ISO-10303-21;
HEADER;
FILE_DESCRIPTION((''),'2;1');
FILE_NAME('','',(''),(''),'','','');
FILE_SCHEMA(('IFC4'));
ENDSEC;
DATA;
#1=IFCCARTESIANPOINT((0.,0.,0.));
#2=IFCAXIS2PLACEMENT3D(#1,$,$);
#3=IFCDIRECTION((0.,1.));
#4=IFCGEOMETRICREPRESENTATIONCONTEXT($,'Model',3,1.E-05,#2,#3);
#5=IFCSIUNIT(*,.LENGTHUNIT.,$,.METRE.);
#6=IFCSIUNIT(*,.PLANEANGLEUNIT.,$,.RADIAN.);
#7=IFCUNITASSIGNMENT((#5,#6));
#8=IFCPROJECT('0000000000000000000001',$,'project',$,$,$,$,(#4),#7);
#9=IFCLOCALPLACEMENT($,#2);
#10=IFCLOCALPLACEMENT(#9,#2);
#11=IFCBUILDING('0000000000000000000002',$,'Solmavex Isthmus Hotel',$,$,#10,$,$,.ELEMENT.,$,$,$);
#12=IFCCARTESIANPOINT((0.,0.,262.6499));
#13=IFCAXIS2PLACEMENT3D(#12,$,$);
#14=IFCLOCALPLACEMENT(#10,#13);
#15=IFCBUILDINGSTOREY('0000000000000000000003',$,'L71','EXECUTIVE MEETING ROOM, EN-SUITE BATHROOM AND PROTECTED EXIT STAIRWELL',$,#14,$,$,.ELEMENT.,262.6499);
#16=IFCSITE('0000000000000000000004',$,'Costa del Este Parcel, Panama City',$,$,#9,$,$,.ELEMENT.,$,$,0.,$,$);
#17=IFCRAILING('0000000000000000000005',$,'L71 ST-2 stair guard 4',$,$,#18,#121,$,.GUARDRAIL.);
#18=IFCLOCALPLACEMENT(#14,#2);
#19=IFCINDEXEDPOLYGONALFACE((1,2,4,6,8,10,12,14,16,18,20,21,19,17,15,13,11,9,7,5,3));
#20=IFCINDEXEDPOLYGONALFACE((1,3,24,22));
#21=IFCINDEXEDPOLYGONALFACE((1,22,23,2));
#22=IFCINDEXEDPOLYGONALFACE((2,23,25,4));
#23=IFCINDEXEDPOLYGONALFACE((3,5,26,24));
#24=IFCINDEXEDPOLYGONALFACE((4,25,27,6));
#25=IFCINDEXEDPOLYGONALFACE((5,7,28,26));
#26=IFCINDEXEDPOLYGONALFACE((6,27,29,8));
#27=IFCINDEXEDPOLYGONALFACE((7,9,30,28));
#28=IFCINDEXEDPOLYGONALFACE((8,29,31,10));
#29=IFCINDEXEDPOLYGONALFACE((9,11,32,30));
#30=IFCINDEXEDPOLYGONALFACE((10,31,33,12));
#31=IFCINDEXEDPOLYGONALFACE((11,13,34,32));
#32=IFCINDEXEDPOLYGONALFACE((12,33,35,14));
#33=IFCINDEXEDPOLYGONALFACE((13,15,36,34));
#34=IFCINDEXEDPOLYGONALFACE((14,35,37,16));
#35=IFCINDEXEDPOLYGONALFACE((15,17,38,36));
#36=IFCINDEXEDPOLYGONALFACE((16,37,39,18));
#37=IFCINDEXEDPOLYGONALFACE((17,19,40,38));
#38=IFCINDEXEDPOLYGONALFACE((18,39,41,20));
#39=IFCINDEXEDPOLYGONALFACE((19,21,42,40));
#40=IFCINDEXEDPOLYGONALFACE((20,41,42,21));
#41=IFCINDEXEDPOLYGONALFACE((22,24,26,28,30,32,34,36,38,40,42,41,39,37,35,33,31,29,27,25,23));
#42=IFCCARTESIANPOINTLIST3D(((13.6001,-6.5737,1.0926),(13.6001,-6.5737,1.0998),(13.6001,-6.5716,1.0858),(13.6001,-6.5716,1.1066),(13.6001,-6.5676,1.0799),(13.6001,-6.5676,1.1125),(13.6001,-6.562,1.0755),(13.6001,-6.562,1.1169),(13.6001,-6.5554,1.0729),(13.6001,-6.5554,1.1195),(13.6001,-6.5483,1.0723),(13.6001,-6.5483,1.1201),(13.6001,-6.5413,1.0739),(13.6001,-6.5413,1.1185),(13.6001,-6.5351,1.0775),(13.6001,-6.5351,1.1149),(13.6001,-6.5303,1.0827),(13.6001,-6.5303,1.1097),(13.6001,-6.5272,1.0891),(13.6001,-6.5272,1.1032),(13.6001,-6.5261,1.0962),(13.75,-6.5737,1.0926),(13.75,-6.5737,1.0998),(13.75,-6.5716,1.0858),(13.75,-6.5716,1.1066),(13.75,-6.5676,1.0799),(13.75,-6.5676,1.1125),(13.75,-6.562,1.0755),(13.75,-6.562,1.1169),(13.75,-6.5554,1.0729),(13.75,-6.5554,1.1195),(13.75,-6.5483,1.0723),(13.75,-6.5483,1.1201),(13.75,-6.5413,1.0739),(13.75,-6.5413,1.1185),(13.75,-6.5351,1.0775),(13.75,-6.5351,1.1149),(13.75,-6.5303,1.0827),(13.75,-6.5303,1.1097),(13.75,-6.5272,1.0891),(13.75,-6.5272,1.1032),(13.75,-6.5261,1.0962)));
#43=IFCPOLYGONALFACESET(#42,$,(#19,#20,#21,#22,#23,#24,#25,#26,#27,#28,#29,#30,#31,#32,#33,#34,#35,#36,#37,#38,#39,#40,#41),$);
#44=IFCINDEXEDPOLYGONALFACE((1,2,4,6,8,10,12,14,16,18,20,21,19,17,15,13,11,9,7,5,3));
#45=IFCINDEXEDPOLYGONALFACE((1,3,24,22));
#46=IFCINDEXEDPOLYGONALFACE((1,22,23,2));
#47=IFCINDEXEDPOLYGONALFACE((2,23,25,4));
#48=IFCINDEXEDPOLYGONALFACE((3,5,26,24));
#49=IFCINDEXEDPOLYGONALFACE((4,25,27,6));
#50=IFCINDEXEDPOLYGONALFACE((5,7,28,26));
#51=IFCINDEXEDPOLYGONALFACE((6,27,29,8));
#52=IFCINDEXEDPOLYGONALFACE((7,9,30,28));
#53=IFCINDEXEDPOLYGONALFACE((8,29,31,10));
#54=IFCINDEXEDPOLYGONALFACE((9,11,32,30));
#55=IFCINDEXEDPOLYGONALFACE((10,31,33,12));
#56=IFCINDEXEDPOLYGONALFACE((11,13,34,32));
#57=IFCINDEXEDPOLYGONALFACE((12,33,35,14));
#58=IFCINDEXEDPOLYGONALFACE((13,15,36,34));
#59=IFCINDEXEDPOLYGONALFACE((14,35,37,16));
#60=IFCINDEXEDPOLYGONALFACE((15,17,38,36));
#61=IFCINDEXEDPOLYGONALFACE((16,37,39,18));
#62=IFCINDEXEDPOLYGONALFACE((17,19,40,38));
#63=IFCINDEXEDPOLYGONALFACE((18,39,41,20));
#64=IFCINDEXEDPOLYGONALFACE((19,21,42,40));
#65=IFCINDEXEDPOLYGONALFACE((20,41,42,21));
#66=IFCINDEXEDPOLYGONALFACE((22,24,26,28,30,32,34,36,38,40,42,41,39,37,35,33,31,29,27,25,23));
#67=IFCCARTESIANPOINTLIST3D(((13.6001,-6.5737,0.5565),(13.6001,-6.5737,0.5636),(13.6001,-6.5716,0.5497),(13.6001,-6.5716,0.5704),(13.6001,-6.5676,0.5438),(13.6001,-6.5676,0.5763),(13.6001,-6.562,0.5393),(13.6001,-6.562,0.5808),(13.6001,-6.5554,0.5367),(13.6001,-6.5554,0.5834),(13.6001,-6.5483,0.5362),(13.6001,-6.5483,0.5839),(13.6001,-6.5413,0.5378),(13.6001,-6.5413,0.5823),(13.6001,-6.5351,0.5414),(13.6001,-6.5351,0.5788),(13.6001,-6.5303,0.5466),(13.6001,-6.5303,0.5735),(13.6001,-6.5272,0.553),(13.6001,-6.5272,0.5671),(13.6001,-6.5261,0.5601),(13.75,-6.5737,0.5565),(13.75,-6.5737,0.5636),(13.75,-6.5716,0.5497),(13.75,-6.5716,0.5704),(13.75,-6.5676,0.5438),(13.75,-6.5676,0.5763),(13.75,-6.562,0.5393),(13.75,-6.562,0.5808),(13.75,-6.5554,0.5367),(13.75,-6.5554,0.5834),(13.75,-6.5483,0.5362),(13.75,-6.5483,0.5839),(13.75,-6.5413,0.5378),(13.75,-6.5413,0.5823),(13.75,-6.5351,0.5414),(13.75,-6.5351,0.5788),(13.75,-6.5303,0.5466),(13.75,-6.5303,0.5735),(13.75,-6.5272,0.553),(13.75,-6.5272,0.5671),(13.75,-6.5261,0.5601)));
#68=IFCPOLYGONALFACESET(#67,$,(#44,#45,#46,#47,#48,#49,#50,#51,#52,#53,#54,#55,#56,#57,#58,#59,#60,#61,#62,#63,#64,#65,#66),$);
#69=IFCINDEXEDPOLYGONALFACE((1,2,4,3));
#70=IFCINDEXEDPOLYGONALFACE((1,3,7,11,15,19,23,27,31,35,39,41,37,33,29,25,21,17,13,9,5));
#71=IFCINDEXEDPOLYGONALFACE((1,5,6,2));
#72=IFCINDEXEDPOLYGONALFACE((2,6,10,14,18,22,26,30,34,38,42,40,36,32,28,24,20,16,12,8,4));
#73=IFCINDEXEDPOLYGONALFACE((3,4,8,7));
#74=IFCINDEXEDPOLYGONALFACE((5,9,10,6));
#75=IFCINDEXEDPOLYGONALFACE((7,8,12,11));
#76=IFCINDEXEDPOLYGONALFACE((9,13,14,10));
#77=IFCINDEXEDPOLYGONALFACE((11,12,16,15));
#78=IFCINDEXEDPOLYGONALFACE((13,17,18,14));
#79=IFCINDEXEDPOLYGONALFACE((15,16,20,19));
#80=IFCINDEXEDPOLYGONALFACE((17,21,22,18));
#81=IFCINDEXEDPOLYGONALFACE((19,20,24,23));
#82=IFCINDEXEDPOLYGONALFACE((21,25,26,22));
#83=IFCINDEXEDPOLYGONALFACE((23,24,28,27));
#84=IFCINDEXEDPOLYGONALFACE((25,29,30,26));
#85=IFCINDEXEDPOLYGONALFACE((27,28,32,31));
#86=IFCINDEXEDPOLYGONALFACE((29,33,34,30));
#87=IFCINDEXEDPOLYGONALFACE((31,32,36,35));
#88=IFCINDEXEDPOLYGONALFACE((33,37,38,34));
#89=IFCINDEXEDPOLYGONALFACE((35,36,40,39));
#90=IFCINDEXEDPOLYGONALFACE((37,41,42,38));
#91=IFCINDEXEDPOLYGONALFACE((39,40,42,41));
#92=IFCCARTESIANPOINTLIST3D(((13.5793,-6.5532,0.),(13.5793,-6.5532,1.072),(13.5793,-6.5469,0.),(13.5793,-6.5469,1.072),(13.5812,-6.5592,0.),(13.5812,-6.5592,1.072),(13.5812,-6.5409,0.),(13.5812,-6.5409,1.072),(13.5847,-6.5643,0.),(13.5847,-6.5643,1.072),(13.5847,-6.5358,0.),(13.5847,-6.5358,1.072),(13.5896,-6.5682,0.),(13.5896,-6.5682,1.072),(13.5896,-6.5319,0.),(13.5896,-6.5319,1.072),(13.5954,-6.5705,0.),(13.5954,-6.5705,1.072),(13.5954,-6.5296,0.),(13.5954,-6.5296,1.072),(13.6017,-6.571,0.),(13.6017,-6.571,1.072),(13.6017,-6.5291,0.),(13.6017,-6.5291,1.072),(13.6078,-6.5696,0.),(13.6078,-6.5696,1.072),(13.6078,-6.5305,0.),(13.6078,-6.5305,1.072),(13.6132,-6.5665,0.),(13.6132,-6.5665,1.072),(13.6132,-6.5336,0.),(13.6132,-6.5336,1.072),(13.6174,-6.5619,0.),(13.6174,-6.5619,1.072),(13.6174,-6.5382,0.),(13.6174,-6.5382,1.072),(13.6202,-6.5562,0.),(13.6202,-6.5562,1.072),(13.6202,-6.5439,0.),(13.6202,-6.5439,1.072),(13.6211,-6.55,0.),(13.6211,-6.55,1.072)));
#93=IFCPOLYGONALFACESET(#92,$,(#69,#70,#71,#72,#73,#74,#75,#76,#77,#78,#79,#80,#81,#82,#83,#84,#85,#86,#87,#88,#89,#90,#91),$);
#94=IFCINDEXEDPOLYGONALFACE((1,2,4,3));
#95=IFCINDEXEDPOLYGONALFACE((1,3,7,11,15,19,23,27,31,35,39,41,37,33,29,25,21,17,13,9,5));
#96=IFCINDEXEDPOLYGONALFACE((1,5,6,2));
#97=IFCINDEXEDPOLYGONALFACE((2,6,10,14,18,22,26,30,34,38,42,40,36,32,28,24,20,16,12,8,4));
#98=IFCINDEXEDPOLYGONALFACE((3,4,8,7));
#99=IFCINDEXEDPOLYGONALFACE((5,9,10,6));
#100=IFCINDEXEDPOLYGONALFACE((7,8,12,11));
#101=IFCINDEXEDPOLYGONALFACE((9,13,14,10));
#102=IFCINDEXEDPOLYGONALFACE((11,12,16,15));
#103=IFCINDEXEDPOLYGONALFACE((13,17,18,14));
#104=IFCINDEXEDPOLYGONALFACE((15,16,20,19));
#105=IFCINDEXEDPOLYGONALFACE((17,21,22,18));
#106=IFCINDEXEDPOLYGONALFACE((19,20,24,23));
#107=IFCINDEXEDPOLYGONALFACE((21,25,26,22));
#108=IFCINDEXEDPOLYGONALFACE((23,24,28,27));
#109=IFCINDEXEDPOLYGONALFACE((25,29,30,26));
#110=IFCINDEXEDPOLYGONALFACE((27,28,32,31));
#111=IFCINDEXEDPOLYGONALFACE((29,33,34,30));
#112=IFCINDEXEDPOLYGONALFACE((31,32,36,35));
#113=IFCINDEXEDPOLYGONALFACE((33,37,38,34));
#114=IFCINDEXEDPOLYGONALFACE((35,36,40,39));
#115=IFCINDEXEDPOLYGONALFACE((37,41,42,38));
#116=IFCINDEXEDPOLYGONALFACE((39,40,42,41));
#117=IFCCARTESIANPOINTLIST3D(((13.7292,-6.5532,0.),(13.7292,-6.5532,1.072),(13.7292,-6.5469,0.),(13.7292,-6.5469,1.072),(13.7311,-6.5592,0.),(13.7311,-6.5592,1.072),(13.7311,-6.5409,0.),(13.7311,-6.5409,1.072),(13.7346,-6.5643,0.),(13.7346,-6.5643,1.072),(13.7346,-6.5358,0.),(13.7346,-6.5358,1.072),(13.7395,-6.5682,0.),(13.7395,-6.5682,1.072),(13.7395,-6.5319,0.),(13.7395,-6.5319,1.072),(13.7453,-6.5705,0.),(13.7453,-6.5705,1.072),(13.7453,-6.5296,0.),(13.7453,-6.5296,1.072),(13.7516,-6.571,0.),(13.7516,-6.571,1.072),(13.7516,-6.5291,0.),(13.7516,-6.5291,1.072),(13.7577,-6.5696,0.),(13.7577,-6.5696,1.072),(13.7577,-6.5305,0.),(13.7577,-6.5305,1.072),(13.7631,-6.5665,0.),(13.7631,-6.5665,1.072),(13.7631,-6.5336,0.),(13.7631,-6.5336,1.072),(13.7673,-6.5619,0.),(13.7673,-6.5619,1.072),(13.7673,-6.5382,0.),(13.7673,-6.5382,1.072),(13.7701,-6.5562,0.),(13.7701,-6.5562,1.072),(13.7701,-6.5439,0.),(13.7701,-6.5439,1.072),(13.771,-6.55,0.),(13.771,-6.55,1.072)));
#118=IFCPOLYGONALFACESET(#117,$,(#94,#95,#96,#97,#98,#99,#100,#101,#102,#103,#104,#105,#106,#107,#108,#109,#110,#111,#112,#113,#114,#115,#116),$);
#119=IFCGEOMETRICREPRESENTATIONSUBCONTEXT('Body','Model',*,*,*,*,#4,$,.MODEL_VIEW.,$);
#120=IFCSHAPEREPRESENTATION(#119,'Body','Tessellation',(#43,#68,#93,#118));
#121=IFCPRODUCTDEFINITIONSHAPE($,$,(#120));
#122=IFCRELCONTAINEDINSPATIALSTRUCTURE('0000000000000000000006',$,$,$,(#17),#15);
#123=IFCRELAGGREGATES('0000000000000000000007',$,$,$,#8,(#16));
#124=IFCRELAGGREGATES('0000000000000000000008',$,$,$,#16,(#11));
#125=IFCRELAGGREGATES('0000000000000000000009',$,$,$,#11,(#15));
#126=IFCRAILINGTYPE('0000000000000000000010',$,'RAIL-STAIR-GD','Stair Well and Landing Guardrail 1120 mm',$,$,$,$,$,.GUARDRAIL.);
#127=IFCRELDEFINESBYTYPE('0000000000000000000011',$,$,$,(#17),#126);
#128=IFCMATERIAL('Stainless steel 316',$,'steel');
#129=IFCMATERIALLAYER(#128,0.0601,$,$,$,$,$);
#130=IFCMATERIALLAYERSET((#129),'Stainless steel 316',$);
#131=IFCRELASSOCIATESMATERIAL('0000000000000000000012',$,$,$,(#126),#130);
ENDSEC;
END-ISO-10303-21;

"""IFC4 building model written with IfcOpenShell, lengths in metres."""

from ifc_helpers import new_model, si_unit, direction, frame, origin, origin_2d, place, context, subcontext, project, spatial, circle, extrude, material, layer, layer_set, type_object, element, save


model = new_model("IFC4")

# Units and contexts
model_context = context("Model", 3, precision=1e-05, world=origin(), true_north=direction((0.0, 1.0)))
body_context = subcontext(model_context, "Body", "Model", "MODEL_VIEW")
ifc_project = project(units=[si_unit("LENGTHUNIT", "METRE"), si_unit("PLANEANGLEUNIT", "RADIAN")], contexts=[model_context])

# Site, building, storey
site_placement = place(None, origin())
site = spatial("IfcSite", under=ifc_project, at=site_placement, Name="Costa del Este Parcel, Panama City", CompositionType="ELEMENT", RefElevation=0.0)
building_placement = place(site_placement, origin())
building = spatial("IfcBuilding", under=site, at=building_placement, Name="Solmavex Isthmus Hotel", CompositionType="ELEMENT")
storey_placement = place(building_placement, frame((0.0, 0.0, 262.6499)))
storey = spatial("IfcBuildingStorey", under=building, at=storey_placement, Name="L71", Description="EXECUTIVE MEETING ROOM, EN-SUITE BATHROOM AND PROTECTED EXIT STAIRWELL", CompositionType="ELEMENT", Elevation=262.6499)

# Railing
ifc_material_1 = material(Name="Stainless steel 316", Category="steel")
ifc_layer_1 = layer(ifc_material_1, 0.0601)
ifc_layer_set_1 = layer_set([ifc_layer_1], Name="Stainless steel 316")
railing_type_1 = type_object("IfcRailingType", Name="RAIL-STAIR-GD", Description="Stair Well and Landing Guardrail 1120 mm", PredefinedType="GUARDRAIL", material=ifc_layer_set_1)
railing_1_placement = place(storey_placement, frame((13.6001, -6.55, 0.0)))
element("IfcRailing", 1, at=railing_1_placement, inside=storey, type_object=railing_type_1, Name="L71 ST-2 stair guard 4", PredefinedType="GUARDRAIL", context=body_context, shape_type="SweptSolid", body=[
    extrude(circle(Radius=0.0239, at=origin_2d()), frame((0.0, 0.0, 1.0962), z_axis=(1.0, 0.0, 0.0), x_axis=(0.0, 1.0, 0.0)), (0.0, 0.0, 1.0), 0.1499),
    extrude(circle(Radius=0.0239, at=origin_2d()), frame((0.0, 0.0, 0.5601), z_axis=(1.0, 0.0, 0.0), x_axis=(0.0, 1.0, 0.0)), (0.0, 0.0, 1.0), 0.1499),
    extrude(circle(Radius=0.021, at=origin_2d()), origin(), (0.0, 0.0, 1.0), 1.072),
    extrude(circle(Radius=0.021, at=origin_2d()), frame((0.1499, 0.0, 0.0)), (0.0, 0.0, 1.0), 1.072),
])

save(model, "model.ifc")
